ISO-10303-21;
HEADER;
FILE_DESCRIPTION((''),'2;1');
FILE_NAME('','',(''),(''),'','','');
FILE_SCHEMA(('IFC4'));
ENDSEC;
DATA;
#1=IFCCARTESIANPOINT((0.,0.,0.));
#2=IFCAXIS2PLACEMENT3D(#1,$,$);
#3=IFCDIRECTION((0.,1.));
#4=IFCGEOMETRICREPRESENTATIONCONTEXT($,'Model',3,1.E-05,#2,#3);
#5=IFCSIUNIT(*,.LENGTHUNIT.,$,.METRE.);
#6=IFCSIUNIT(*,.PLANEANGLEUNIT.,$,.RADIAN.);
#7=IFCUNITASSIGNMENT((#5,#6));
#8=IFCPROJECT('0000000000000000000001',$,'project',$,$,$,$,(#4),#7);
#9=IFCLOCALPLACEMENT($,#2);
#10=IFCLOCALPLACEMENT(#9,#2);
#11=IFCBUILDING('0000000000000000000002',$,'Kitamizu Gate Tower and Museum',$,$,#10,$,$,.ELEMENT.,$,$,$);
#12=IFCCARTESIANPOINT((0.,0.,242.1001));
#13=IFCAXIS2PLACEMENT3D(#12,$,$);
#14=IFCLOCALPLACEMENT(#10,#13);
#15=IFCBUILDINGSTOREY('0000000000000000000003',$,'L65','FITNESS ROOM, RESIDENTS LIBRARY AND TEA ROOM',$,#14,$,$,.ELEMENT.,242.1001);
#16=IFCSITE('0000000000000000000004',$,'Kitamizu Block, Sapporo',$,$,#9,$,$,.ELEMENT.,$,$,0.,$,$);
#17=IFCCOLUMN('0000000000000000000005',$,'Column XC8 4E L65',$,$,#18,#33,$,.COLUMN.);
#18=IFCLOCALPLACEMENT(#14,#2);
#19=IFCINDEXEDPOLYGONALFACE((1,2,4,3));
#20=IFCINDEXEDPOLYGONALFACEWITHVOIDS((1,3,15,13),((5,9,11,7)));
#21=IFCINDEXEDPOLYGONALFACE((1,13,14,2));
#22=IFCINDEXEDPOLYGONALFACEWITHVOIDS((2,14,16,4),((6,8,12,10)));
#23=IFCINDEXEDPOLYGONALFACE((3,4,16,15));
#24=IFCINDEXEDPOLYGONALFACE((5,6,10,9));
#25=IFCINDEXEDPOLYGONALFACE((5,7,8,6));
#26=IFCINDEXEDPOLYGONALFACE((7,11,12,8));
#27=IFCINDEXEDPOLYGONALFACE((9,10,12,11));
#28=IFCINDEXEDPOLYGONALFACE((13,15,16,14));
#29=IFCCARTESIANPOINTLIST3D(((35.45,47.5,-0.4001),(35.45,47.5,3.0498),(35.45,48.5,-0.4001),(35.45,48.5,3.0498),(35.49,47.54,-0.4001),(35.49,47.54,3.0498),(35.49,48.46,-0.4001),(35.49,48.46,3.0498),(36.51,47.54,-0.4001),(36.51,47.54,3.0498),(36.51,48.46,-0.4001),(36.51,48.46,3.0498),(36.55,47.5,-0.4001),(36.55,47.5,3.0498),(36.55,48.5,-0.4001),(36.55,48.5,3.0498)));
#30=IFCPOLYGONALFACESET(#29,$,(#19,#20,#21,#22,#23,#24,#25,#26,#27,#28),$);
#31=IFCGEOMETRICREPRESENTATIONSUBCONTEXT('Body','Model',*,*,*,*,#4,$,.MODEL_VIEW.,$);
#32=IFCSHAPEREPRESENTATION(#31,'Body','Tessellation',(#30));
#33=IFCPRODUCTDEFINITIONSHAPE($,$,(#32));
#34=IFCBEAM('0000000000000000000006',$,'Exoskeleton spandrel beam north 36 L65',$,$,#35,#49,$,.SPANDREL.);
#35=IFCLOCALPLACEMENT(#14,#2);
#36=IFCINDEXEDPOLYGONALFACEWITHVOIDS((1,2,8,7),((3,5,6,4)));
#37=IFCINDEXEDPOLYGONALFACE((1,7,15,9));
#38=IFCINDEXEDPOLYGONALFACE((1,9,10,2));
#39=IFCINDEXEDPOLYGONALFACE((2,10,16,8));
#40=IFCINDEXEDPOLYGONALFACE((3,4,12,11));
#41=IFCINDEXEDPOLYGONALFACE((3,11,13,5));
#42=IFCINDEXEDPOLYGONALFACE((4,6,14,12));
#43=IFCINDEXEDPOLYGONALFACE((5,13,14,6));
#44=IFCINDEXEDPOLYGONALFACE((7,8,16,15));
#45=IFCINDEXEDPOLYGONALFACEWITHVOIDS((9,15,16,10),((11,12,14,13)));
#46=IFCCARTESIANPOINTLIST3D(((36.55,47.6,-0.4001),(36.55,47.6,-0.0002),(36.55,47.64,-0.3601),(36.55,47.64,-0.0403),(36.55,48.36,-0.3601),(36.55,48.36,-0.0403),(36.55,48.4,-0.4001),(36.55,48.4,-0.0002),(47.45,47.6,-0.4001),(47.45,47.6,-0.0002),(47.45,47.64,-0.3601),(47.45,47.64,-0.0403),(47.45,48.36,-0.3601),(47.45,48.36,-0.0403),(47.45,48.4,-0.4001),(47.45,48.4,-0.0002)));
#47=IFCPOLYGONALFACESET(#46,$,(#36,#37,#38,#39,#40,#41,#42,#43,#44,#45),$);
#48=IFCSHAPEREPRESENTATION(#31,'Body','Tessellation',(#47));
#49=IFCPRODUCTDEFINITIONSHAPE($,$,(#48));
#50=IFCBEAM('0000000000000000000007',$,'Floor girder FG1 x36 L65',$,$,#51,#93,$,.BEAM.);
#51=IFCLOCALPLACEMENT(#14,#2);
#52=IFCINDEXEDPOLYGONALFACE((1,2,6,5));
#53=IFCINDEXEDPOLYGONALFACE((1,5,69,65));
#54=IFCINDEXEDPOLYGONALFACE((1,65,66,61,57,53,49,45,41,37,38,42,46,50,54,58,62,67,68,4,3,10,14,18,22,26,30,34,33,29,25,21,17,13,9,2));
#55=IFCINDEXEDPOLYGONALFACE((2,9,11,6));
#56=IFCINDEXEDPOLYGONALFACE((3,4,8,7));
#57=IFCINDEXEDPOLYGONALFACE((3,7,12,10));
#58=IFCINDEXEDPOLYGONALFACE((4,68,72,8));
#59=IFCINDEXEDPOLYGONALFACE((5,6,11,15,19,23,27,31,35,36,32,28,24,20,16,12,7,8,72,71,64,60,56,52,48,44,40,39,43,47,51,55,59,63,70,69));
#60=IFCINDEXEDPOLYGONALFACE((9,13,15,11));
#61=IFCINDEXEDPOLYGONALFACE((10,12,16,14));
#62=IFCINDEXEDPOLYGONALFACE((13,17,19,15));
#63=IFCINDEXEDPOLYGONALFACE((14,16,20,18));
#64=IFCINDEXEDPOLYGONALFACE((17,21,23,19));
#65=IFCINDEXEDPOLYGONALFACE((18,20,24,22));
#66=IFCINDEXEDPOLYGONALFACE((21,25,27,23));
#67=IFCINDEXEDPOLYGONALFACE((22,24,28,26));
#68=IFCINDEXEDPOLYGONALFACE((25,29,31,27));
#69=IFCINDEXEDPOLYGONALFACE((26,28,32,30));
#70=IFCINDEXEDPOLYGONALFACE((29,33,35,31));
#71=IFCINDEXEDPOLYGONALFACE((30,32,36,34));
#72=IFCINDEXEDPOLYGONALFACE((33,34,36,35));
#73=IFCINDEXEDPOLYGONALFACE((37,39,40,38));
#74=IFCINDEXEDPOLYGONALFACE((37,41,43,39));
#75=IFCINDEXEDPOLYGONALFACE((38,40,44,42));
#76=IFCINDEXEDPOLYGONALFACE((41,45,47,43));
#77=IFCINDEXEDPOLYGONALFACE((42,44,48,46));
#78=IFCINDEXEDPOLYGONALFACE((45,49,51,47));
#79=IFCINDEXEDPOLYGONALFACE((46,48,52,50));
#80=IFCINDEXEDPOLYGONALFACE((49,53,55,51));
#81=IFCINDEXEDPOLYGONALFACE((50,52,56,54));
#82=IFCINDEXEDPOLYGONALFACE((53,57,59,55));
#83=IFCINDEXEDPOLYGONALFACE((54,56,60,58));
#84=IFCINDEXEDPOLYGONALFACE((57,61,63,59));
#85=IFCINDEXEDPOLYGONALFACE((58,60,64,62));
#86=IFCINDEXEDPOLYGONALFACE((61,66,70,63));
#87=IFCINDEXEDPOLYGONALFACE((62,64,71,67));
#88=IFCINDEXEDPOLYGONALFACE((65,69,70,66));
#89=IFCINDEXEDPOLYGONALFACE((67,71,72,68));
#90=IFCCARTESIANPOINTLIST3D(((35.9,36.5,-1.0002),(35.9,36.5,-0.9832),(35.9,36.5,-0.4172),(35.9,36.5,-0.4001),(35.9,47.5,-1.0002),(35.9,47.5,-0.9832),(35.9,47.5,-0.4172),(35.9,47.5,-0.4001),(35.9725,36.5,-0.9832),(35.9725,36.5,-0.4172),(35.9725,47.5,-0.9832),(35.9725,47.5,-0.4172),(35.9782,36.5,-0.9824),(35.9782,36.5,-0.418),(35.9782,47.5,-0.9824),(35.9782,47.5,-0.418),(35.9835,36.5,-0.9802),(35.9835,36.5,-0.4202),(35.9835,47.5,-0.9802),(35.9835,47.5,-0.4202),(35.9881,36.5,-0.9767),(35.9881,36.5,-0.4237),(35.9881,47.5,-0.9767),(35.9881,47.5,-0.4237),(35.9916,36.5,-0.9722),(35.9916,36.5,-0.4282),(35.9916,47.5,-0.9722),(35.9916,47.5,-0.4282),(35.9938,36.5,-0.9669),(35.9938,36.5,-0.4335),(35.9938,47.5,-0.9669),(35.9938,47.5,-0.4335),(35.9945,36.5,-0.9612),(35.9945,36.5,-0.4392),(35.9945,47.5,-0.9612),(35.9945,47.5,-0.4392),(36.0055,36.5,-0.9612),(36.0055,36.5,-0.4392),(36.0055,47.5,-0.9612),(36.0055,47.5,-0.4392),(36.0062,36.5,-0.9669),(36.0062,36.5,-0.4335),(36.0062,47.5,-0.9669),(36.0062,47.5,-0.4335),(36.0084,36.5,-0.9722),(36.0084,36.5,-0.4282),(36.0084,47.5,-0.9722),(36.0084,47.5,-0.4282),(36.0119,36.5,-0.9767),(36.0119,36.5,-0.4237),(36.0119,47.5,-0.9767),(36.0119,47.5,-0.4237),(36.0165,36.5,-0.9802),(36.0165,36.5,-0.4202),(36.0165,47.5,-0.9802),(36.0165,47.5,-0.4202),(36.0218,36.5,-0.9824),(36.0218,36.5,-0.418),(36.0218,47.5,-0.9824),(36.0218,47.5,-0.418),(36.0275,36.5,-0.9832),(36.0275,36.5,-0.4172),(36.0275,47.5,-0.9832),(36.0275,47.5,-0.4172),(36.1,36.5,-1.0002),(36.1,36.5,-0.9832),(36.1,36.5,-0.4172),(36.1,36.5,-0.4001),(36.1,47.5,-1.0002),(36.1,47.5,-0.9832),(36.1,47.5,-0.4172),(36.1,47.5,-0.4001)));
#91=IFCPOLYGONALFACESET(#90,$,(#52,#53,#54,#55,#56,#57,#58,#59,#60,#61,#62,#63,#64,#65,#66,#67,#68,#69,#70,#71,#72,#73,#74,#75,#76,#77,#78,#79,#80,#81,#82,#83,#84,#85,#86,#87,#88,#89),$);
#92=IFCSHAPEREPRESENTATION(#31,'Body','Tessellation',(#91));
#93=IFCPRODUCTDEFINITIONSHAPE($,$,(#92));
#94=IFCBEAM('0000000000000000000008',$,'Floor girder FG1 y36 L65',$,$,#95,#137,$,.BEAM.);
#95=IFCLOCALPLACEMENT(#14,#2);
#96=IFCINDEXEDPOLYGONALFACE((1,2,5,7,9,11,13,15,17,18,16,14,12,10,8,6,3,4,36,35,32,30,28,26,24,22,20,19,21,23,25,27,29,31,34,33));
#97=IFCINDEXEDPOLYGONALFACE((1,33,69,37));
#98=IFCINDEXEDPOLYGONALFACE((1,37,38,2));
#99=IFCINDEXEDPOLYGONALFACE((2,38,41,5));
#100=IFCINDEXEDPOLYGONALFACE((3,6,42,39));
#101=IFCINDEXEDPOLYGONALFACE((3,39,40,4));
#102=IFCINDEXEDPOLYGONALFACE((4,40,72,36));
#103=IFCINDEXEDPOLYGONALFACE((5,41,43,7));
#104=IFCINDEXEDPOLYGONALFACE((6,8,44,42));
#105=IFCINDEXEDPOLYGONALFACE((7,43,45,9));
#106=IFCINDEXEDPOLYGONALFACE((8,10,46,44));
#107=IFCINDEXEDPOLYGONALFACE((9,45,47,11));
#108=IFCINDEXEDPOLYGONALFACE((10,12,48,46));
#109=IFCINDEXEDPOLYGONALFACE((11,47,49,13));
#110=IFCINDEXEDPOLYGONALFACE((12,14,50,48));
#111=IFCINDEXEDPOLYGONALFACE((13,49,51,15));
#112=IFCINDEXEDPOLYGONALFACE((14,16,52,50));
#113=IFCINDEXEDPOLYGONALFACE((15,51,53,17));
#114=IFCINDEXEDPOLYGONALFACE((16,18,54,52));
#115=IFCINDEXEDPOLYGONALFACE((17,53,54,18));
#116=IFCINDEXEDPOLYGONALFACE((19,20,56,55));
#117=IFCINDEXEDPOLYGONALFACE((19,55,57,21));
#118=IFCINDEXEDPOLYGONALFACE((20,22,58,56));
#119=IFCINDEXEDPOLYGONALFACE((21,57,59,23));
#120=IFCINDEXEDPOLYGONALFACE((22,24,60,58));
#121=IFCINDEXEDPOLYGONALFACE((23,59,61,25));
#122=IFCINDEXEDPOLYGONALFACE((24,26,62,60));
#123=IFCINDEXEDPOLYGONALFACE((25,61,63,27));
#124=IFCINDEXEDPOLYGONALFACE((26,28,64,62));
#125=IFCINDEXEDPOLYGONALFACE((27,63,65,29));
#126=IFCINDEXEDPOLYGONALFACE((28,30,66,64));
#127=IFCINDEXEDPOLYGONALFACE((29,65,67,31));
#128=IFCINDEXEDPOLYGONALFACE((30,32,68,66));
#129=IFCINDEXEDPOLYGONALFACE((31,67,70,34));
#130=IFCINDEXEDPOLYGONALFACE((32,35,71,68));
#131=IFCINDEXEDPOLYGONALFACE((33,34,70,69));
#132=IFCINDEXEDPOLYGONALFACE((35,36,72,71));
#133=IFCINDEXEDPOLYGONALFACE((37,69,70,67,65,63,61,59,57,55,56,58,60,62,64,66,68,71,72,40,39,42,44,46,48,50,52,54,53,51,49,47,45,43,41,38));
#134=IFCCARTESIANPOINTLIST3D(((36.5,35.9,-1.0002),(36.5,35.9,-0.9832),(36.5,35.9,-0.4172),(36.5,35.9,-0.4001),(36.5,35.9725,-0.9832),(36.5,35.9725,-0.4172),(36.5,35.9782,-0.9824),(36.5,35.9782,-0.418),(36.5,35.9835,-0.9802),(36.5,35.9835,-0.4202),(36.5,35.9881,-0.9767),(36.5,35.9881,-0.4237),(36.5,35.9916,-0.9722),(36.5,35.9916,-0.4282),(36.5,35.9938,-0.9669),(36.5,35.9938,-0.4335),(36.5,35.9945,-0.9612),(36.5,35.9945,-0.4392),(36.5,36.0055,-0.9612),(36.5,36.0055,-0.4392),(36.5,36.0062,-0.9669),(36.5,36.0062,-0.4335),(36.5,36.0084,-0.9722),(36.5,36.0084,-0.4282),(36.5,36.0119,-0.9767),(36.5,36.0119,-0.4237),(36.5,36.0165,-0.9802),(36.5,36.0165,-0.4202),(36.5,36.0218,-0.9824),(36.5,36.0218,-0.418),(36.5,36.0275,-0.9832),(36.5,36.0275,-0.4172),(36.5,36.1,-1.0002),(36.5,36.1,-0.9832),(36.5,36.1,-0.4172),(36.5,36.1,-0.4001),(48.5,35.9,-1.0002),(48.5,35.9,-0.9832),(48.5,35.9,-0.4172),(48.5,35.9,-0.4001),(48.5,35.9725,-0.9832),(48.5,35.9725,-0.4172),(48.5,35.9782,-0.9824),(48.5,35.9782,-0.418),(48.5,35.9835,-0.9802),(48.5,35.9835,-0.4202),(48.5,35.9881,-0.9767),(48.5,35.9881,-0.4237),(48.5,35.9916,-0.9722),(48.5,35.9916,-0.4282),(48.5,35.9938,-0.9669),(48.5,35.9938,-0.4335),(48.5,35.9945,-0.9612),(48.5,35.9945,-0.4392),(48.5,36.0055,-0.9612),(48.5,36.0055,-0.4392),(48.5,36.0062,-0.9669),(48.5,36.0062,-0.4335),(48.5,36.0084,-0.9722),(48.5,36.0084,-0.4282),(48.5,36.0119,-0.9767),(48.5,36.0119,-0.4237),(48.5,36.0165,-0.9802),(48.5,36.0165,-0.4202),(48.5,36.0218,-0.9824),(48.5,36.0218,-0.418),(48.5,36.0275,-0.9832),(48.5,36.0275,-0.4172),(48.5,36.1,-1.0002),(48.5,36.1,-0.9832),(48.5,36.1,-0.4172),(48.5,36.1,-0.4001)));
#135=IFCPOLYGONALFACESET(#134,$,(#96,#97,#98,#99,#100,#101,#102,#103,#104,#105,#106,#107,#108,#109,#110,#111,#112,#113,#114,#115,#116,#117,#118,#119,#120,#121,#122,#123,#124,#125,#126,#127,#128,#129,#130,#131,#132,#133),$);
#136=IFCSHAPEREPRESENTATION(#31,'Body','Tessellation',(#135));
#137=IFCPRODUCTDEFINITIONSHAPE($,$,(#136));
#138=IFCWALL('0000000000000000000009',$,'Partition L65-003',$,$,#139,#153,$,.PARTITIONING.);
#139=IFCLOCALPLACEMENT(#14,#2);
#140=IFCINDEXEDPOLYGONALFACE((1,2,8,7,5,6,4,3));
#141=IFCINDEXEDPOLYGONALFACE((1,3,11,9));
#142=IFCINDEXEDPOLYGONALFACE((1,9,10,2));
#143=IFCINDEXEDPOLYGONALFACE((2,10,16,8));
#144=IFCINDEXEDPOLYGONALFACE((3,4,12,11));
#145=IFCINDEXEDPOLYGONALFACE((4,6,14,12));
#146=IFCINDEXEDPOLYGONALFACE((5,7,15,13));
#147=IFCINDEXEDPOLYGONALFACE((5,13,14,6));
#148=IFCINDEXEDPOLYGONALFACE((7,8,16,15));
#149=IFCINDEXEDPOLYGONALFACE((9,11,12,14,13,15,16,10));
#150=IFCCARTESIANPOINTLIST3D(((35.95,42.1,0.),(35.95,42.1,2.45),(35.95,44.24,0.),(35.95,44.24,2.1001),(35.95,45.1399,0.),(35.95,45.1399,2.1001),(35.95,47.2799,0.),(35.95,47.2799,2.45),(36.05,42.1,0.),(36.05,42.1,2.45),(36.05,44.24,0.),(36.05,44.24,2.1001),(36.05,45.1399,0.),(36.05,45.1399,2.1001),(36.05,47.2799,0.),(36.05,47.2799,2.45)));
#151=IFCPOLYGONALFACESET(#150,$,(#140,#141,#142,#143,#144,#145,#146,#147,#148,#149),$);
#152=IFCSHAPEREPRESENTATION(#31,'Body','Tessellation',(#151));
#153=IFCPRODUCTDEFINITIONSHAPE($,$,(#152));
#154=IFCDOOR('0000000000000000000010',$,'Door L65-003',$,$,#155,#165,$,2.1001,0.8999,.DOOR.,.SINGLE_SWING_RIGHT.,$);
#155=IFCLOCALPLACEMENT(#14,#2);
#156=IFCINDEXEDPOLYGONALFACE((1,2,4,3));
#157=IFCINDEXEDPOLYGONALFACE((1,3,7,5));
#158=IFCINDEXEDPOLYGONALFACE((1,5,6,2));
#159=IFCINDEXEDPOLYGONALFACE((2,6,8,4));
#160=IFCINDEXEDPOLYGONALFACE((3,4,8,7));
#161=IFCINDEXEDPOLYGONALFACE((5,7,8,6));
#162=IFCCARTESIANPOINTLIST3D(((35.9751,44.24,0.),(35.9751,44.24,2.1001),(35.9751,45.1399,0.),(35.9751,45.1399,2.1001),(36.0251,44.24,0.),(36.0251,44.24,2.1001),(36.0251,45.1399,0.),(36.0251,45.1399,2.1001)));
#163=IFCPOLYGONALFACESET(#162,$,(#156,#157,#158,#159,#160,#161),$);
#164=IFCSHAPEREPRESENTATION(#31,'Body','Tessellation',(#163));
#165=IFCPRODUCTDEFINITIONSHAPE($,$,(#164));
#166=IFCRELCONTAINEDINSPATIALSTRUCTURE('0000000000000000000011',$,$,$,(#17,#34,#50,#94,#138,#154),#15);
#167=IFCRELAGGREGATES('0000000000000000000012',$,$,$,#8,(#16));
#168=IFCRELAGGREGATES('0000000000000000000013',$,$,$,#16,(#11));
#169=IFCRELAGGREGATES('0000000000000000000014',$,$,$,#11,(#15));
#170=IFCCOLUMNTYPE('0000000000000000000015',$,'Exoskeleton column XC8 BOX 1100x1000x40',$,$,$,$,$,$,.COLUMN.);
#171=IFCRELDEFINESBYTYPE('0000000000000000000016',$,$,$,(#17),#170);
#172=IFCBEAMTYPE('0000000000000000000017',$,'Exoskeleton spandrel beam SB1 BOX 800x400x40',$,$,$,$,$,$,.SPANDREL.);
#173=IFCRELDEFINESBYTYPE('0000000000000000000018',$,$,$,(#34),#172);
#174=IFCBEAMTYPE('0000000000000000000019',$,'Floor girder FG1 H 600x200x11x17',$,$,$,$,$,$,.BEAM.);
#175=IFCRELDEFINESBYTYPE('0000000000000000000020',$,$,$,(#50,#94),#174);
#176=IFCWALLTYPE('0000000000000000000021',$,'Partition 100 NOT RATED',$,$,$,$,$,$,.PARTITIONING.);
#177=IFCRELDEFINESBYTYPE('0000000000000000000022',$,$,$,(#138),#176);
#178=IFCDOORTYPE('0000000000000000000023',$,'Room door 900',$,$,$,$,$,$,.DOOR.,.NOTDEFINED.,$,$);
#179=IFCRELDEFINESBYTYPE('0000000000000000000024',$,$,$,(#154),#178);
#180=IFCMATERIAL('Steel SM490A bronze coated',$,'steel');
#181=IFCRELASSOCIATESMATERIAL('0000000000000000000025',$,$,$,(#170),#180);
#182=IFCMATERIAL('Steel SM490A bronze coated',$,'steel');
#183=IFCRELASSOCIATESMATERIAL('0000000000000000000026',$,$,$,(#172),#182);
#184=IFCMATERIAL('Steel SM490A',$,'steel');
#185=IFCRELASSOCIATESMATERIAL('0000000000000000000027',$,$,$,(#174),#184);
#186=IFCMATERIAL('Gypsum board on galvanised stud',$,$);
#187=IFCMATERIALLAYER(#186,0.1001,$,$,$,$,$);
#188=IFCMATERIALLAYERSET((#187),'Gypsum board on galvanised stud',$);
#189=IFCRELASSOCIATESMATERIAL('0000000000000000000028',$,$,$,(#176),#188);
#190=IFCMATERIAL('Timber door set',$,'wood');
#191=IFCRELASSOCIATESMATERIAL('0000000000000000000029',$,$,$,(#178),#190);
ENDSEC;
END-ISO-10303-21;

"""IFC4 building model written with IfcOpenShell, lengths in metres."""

from ifc_helpers import new_model, si_unit, direction, frame, frame_2d, origin, origin_2d, place, context, subcontext, project, spatial, rectangle, hollow_rectangle, i_section, extrude, material, layer, layer_set, material_profile, profile_set, type_object, element, fill, save


model = new_model("IFC4")

# Units and contexts
model_context = context("Model", 3, precision=1e-05, world=origin(), true_north=direction((0.0, 1.0)))
body_context = subcontext(model_context, "Body", "Model", "MODEL_VIEW")
ifc_project = project(units=[si_unit("LENGTHUNIT", "METRE"), si_unit("PLANEANGLEUNIT", "RADIAN")], contexts=[model_context])

# Site, building, storey
site_placement = place(None, origin())
site = spatial("IfcSite", under=ifc_project, at=site_placement, Name="Kitamizu Block, Sapporo", CompositionType="ELEMENT", RefElevation=0.0)
building_placement = place(site_placement, origin())
building = spatial("IfcBuilding", under=site, at=building_placement, Name="Kitamizu Gate Tower and Museum", CompositionType="ELEMENT")
storey_placement = place(building_placement, frame((0.0, 0.0, 242.1001)))
storey = spatial("IfcBuildingStorey", under=building, at=storey_placement, Name="L65", Description="FITNESS ROOM, RESIDENTS LIBRARY AND TEA ROOM", CompositionType="ELEMENT", Elevation=242.1001)

# Column
ifc_material_1 = material(Name="Steel SM490A bronze coated", Category="steel")
ifc_material_profile_1 = material_profile(ifc_material_1, hollow_rectangle(XDim=1.1001, YDim=1.0, WallThickness=0.04, at=origin_2d()), Name="BOX 1100x1000x40")
ifc_profile_set_1 = profile_set([ifc_material_profile_1], Name="Steel SM490A bronze coated")
column_type = type_object("IfcColumnType", Name="Exoskeleton column XC8 BOX 1100x1000x40", PredefinedType="COLUMN", material=ifc_profile_set_1)
column_placement = place(storey_placement, frame((36.0, 48.0, -0.4001), z_axis=(0.0, 0.0, 1.0), x_axis=(1.0, 0.0, 0.0)))
element("IfcColumn", 1, at=column_placement, inside=storey, type_object=column_type, Name="Column XC8 4E L65", PredefinedType="COLUMN", context=body_context, shape_type="SweptSolid", body=[
    extrude(hollow_rectangle(XDim=1.1001, YDim=1.0, WallThickness=0.04, at=origin_2d()), origin(), (0.0, 0.0, 1.0), 3.45),
])

# Beams
ifc_material_2 = material(Name="Steel SM490A bronze coated", Category="steel")
ifc_material_profile_2 = material_profile(ifc_material_2, hollow_rectangle(XDim=0.8, YDim=0.3999, WallThickness=0.04, at=origin_2d()), Name="BOX 800x400x40")
ifc_profile_set_2 = profile_set([ifc_material_profile_2], Name="Steel SM490A bronze coated")
beam_type_1 = type_object("IfcBeamType", Name="Exoskeleton spandrel beam SB1 BOX 800x400x40", PredefinedType="SPANDREL", material=ifc_profile_set_2)
beam_1_placement = place(storey_placement, frame((36.55, 48.0, -0.2002), z_axis=(1.0, 0.0, 0.0), x_axis=(0.0, 1.0, 0.0)))
element("IfcBeam", 2, at=beam_1_placement, inside=storey, type_object=beam_type_1, Name="Exoskeleton spandrel beam north 36 L65", PredefinedType="SPANDREL", context=body_context, shape_type="SweptSolid", body=[
    extrude(hollow_rectangle(XDim=0.8, YDim=0.3999, WallThickness=0.04, at=origin_2d()), origin(), (0.0, 0.0, 1.0), 10.8999),
])
ifc_material_3 = material(Name="Steel SM490A", Category="steel")
ifc_material_profile_3 = material_profile(ifc_material_3, i_section(OverallWidth=0.2, OverallDepth=0.6001, WebThickness=0.011, FlangeThickness=0.0171, FilletRadius=0.022, at=origin_2d()), Name="H-600x200x11x17")
ifc_profile_set_3 = profile_set([ifc_material_profile_3], Name="Steel SM490A")
beam_type_2 = type_object("IfcBeamType", Name="Floor girder FG1 H 600x200x11x17", PredefinedType="BEAM", material=ifc_profile_set_3)
beam_2_placement = place(storey_placement, frame((36.0, 36.5, -0.7002), z_axis=(0.0, 1.0, 0.0), x_axis=(-1.0, 0.0, 0.0)))
element("IfcBeam", 3, at=beam_2_placement, inside=storey, type_object=beam_type_2, Name="Floor girder FG1 x36 L65", PredefinedType="BEAM", context=body_context, shape_type="SweptSolid", body=[
    extrude(i_section(OverallWidth=0.2, OverallDepth=0.6001, WebThickness=0.011, FlangeThickness=0.0171, FilletRadius=0.022, at=origin_2d()), origin(), (0.0, 0.0, 1.0), 11.0),
])
beam_3_placement = place(storey_placement, frame((36.5, 36.0, -0.7002), z_axis=(1.0, 0.0, 0.0), x_axis=(0.0, 1.0, 0.0)))
element("IfcBeam", 4, at=beam_3_placement, inside=storey, type_object=beam_type_2, Name="Floor girder FG1 y36 L65", PredefinedType="BEAM", context=body_context, shape_type="SweptSolid", body=[
    extrude(i_section(OverallWidth=0.2, OverallDepth=0.6001, WebThickness=0.011, FlangeThickness=0.0171, FilletRadius=0.022, at=origin_2d()), origin(), (0.0, 0.0, 1.0), 12.0),
])

# Wall, opening, door
ifc_material_4 = material(Name="Gypsum board on galvanised stud")
ifc_layer_1 = layer(ifc_material_4, 0.1001)
ifc_layer_set_1 = layer_set([ifc_layer_1], Name="Gypsum board on galvanised stud")
wall_type_1 = type_object("IfcWallType", Name="Partition 100 NOT RATED", PredefinedType="PARTITIONING", material=ifc_layer_set_1)
wall_1_placement = place(storey_placement, frame((36.0, 42.1001, 0.0), z_axis=(0.0, 0.0, 1.0), x_axis=(0.0, 1.0, 0.0)))
wall_1 = element("IfcWall", 5, at=wall_1_placement, inside=storey, type_object=wall_type_1, Name="Partition L65-003", PredefinedType="PARTITIONING", context=body_context, shape_type="SweptSolid", body=[
    extrude(rectangle(XDim=5.1799, YDim=0.1001, at=frame_2d((2.5898, 0.0))), origin(), (0.0, 0.0, 1.0), 2.45),
])
opening_1_placement = place(wall_1_placement, frame((2.1399, 0.0, 0.0)))
opening_1 = element("IfcOpeningElement", 6, at=opening_1_placement, cuts=wall_1, PredefinedType="OPENING", context=body_context, shape_type="SweptSolid", body=[
    extrude(rectangle(XDim=0.8999, YDim=2.1001, at=frame_2d((0.45, 1.05))), frame((0.0, 0.0601, 0.0), z_axis=(0.0, -1.0, 0.0), x_axis=(1.0, 0.0, 0.0)), (0.0, 0.0, 1.0), 0.1201),
])
ifc_material_5 = material(Name="Timber door set", Category="wood")
door_type_1 = type_object("IfcDoorType", Name="Room door 900", OperationType="NOTDEFINED", PredefinedType="DOOR", material=ifc_material_5)
door_1_placement = place(opening_1_placement, origin())
door_1 = element("IfcDoor", 7, at=door_1_placement, inside=storey, type_object=door_type_1, Name="Door L65-003", OperationType="SINGLE_SWING_RIGHT", OverallHeight=2.1001, OverallWidth=0.8999, PredefinedType="DOOR", context=body_context, shape_type="SweptSolid", body=[
    extrude(rectangle(XDim=0.8999, YDim=2.1001, at=frame_2d((0.45, 1.05))), frame((0.0, 0.0249, 0.0), z_axis=(0.0, -1.0, 0.0), x_axis=(1.0, 0.0, 0.0)), (0.0, 0.0, 1.0), 0.05),
])
fill(opening_1, door_1)

save(model, "model.ifc")
